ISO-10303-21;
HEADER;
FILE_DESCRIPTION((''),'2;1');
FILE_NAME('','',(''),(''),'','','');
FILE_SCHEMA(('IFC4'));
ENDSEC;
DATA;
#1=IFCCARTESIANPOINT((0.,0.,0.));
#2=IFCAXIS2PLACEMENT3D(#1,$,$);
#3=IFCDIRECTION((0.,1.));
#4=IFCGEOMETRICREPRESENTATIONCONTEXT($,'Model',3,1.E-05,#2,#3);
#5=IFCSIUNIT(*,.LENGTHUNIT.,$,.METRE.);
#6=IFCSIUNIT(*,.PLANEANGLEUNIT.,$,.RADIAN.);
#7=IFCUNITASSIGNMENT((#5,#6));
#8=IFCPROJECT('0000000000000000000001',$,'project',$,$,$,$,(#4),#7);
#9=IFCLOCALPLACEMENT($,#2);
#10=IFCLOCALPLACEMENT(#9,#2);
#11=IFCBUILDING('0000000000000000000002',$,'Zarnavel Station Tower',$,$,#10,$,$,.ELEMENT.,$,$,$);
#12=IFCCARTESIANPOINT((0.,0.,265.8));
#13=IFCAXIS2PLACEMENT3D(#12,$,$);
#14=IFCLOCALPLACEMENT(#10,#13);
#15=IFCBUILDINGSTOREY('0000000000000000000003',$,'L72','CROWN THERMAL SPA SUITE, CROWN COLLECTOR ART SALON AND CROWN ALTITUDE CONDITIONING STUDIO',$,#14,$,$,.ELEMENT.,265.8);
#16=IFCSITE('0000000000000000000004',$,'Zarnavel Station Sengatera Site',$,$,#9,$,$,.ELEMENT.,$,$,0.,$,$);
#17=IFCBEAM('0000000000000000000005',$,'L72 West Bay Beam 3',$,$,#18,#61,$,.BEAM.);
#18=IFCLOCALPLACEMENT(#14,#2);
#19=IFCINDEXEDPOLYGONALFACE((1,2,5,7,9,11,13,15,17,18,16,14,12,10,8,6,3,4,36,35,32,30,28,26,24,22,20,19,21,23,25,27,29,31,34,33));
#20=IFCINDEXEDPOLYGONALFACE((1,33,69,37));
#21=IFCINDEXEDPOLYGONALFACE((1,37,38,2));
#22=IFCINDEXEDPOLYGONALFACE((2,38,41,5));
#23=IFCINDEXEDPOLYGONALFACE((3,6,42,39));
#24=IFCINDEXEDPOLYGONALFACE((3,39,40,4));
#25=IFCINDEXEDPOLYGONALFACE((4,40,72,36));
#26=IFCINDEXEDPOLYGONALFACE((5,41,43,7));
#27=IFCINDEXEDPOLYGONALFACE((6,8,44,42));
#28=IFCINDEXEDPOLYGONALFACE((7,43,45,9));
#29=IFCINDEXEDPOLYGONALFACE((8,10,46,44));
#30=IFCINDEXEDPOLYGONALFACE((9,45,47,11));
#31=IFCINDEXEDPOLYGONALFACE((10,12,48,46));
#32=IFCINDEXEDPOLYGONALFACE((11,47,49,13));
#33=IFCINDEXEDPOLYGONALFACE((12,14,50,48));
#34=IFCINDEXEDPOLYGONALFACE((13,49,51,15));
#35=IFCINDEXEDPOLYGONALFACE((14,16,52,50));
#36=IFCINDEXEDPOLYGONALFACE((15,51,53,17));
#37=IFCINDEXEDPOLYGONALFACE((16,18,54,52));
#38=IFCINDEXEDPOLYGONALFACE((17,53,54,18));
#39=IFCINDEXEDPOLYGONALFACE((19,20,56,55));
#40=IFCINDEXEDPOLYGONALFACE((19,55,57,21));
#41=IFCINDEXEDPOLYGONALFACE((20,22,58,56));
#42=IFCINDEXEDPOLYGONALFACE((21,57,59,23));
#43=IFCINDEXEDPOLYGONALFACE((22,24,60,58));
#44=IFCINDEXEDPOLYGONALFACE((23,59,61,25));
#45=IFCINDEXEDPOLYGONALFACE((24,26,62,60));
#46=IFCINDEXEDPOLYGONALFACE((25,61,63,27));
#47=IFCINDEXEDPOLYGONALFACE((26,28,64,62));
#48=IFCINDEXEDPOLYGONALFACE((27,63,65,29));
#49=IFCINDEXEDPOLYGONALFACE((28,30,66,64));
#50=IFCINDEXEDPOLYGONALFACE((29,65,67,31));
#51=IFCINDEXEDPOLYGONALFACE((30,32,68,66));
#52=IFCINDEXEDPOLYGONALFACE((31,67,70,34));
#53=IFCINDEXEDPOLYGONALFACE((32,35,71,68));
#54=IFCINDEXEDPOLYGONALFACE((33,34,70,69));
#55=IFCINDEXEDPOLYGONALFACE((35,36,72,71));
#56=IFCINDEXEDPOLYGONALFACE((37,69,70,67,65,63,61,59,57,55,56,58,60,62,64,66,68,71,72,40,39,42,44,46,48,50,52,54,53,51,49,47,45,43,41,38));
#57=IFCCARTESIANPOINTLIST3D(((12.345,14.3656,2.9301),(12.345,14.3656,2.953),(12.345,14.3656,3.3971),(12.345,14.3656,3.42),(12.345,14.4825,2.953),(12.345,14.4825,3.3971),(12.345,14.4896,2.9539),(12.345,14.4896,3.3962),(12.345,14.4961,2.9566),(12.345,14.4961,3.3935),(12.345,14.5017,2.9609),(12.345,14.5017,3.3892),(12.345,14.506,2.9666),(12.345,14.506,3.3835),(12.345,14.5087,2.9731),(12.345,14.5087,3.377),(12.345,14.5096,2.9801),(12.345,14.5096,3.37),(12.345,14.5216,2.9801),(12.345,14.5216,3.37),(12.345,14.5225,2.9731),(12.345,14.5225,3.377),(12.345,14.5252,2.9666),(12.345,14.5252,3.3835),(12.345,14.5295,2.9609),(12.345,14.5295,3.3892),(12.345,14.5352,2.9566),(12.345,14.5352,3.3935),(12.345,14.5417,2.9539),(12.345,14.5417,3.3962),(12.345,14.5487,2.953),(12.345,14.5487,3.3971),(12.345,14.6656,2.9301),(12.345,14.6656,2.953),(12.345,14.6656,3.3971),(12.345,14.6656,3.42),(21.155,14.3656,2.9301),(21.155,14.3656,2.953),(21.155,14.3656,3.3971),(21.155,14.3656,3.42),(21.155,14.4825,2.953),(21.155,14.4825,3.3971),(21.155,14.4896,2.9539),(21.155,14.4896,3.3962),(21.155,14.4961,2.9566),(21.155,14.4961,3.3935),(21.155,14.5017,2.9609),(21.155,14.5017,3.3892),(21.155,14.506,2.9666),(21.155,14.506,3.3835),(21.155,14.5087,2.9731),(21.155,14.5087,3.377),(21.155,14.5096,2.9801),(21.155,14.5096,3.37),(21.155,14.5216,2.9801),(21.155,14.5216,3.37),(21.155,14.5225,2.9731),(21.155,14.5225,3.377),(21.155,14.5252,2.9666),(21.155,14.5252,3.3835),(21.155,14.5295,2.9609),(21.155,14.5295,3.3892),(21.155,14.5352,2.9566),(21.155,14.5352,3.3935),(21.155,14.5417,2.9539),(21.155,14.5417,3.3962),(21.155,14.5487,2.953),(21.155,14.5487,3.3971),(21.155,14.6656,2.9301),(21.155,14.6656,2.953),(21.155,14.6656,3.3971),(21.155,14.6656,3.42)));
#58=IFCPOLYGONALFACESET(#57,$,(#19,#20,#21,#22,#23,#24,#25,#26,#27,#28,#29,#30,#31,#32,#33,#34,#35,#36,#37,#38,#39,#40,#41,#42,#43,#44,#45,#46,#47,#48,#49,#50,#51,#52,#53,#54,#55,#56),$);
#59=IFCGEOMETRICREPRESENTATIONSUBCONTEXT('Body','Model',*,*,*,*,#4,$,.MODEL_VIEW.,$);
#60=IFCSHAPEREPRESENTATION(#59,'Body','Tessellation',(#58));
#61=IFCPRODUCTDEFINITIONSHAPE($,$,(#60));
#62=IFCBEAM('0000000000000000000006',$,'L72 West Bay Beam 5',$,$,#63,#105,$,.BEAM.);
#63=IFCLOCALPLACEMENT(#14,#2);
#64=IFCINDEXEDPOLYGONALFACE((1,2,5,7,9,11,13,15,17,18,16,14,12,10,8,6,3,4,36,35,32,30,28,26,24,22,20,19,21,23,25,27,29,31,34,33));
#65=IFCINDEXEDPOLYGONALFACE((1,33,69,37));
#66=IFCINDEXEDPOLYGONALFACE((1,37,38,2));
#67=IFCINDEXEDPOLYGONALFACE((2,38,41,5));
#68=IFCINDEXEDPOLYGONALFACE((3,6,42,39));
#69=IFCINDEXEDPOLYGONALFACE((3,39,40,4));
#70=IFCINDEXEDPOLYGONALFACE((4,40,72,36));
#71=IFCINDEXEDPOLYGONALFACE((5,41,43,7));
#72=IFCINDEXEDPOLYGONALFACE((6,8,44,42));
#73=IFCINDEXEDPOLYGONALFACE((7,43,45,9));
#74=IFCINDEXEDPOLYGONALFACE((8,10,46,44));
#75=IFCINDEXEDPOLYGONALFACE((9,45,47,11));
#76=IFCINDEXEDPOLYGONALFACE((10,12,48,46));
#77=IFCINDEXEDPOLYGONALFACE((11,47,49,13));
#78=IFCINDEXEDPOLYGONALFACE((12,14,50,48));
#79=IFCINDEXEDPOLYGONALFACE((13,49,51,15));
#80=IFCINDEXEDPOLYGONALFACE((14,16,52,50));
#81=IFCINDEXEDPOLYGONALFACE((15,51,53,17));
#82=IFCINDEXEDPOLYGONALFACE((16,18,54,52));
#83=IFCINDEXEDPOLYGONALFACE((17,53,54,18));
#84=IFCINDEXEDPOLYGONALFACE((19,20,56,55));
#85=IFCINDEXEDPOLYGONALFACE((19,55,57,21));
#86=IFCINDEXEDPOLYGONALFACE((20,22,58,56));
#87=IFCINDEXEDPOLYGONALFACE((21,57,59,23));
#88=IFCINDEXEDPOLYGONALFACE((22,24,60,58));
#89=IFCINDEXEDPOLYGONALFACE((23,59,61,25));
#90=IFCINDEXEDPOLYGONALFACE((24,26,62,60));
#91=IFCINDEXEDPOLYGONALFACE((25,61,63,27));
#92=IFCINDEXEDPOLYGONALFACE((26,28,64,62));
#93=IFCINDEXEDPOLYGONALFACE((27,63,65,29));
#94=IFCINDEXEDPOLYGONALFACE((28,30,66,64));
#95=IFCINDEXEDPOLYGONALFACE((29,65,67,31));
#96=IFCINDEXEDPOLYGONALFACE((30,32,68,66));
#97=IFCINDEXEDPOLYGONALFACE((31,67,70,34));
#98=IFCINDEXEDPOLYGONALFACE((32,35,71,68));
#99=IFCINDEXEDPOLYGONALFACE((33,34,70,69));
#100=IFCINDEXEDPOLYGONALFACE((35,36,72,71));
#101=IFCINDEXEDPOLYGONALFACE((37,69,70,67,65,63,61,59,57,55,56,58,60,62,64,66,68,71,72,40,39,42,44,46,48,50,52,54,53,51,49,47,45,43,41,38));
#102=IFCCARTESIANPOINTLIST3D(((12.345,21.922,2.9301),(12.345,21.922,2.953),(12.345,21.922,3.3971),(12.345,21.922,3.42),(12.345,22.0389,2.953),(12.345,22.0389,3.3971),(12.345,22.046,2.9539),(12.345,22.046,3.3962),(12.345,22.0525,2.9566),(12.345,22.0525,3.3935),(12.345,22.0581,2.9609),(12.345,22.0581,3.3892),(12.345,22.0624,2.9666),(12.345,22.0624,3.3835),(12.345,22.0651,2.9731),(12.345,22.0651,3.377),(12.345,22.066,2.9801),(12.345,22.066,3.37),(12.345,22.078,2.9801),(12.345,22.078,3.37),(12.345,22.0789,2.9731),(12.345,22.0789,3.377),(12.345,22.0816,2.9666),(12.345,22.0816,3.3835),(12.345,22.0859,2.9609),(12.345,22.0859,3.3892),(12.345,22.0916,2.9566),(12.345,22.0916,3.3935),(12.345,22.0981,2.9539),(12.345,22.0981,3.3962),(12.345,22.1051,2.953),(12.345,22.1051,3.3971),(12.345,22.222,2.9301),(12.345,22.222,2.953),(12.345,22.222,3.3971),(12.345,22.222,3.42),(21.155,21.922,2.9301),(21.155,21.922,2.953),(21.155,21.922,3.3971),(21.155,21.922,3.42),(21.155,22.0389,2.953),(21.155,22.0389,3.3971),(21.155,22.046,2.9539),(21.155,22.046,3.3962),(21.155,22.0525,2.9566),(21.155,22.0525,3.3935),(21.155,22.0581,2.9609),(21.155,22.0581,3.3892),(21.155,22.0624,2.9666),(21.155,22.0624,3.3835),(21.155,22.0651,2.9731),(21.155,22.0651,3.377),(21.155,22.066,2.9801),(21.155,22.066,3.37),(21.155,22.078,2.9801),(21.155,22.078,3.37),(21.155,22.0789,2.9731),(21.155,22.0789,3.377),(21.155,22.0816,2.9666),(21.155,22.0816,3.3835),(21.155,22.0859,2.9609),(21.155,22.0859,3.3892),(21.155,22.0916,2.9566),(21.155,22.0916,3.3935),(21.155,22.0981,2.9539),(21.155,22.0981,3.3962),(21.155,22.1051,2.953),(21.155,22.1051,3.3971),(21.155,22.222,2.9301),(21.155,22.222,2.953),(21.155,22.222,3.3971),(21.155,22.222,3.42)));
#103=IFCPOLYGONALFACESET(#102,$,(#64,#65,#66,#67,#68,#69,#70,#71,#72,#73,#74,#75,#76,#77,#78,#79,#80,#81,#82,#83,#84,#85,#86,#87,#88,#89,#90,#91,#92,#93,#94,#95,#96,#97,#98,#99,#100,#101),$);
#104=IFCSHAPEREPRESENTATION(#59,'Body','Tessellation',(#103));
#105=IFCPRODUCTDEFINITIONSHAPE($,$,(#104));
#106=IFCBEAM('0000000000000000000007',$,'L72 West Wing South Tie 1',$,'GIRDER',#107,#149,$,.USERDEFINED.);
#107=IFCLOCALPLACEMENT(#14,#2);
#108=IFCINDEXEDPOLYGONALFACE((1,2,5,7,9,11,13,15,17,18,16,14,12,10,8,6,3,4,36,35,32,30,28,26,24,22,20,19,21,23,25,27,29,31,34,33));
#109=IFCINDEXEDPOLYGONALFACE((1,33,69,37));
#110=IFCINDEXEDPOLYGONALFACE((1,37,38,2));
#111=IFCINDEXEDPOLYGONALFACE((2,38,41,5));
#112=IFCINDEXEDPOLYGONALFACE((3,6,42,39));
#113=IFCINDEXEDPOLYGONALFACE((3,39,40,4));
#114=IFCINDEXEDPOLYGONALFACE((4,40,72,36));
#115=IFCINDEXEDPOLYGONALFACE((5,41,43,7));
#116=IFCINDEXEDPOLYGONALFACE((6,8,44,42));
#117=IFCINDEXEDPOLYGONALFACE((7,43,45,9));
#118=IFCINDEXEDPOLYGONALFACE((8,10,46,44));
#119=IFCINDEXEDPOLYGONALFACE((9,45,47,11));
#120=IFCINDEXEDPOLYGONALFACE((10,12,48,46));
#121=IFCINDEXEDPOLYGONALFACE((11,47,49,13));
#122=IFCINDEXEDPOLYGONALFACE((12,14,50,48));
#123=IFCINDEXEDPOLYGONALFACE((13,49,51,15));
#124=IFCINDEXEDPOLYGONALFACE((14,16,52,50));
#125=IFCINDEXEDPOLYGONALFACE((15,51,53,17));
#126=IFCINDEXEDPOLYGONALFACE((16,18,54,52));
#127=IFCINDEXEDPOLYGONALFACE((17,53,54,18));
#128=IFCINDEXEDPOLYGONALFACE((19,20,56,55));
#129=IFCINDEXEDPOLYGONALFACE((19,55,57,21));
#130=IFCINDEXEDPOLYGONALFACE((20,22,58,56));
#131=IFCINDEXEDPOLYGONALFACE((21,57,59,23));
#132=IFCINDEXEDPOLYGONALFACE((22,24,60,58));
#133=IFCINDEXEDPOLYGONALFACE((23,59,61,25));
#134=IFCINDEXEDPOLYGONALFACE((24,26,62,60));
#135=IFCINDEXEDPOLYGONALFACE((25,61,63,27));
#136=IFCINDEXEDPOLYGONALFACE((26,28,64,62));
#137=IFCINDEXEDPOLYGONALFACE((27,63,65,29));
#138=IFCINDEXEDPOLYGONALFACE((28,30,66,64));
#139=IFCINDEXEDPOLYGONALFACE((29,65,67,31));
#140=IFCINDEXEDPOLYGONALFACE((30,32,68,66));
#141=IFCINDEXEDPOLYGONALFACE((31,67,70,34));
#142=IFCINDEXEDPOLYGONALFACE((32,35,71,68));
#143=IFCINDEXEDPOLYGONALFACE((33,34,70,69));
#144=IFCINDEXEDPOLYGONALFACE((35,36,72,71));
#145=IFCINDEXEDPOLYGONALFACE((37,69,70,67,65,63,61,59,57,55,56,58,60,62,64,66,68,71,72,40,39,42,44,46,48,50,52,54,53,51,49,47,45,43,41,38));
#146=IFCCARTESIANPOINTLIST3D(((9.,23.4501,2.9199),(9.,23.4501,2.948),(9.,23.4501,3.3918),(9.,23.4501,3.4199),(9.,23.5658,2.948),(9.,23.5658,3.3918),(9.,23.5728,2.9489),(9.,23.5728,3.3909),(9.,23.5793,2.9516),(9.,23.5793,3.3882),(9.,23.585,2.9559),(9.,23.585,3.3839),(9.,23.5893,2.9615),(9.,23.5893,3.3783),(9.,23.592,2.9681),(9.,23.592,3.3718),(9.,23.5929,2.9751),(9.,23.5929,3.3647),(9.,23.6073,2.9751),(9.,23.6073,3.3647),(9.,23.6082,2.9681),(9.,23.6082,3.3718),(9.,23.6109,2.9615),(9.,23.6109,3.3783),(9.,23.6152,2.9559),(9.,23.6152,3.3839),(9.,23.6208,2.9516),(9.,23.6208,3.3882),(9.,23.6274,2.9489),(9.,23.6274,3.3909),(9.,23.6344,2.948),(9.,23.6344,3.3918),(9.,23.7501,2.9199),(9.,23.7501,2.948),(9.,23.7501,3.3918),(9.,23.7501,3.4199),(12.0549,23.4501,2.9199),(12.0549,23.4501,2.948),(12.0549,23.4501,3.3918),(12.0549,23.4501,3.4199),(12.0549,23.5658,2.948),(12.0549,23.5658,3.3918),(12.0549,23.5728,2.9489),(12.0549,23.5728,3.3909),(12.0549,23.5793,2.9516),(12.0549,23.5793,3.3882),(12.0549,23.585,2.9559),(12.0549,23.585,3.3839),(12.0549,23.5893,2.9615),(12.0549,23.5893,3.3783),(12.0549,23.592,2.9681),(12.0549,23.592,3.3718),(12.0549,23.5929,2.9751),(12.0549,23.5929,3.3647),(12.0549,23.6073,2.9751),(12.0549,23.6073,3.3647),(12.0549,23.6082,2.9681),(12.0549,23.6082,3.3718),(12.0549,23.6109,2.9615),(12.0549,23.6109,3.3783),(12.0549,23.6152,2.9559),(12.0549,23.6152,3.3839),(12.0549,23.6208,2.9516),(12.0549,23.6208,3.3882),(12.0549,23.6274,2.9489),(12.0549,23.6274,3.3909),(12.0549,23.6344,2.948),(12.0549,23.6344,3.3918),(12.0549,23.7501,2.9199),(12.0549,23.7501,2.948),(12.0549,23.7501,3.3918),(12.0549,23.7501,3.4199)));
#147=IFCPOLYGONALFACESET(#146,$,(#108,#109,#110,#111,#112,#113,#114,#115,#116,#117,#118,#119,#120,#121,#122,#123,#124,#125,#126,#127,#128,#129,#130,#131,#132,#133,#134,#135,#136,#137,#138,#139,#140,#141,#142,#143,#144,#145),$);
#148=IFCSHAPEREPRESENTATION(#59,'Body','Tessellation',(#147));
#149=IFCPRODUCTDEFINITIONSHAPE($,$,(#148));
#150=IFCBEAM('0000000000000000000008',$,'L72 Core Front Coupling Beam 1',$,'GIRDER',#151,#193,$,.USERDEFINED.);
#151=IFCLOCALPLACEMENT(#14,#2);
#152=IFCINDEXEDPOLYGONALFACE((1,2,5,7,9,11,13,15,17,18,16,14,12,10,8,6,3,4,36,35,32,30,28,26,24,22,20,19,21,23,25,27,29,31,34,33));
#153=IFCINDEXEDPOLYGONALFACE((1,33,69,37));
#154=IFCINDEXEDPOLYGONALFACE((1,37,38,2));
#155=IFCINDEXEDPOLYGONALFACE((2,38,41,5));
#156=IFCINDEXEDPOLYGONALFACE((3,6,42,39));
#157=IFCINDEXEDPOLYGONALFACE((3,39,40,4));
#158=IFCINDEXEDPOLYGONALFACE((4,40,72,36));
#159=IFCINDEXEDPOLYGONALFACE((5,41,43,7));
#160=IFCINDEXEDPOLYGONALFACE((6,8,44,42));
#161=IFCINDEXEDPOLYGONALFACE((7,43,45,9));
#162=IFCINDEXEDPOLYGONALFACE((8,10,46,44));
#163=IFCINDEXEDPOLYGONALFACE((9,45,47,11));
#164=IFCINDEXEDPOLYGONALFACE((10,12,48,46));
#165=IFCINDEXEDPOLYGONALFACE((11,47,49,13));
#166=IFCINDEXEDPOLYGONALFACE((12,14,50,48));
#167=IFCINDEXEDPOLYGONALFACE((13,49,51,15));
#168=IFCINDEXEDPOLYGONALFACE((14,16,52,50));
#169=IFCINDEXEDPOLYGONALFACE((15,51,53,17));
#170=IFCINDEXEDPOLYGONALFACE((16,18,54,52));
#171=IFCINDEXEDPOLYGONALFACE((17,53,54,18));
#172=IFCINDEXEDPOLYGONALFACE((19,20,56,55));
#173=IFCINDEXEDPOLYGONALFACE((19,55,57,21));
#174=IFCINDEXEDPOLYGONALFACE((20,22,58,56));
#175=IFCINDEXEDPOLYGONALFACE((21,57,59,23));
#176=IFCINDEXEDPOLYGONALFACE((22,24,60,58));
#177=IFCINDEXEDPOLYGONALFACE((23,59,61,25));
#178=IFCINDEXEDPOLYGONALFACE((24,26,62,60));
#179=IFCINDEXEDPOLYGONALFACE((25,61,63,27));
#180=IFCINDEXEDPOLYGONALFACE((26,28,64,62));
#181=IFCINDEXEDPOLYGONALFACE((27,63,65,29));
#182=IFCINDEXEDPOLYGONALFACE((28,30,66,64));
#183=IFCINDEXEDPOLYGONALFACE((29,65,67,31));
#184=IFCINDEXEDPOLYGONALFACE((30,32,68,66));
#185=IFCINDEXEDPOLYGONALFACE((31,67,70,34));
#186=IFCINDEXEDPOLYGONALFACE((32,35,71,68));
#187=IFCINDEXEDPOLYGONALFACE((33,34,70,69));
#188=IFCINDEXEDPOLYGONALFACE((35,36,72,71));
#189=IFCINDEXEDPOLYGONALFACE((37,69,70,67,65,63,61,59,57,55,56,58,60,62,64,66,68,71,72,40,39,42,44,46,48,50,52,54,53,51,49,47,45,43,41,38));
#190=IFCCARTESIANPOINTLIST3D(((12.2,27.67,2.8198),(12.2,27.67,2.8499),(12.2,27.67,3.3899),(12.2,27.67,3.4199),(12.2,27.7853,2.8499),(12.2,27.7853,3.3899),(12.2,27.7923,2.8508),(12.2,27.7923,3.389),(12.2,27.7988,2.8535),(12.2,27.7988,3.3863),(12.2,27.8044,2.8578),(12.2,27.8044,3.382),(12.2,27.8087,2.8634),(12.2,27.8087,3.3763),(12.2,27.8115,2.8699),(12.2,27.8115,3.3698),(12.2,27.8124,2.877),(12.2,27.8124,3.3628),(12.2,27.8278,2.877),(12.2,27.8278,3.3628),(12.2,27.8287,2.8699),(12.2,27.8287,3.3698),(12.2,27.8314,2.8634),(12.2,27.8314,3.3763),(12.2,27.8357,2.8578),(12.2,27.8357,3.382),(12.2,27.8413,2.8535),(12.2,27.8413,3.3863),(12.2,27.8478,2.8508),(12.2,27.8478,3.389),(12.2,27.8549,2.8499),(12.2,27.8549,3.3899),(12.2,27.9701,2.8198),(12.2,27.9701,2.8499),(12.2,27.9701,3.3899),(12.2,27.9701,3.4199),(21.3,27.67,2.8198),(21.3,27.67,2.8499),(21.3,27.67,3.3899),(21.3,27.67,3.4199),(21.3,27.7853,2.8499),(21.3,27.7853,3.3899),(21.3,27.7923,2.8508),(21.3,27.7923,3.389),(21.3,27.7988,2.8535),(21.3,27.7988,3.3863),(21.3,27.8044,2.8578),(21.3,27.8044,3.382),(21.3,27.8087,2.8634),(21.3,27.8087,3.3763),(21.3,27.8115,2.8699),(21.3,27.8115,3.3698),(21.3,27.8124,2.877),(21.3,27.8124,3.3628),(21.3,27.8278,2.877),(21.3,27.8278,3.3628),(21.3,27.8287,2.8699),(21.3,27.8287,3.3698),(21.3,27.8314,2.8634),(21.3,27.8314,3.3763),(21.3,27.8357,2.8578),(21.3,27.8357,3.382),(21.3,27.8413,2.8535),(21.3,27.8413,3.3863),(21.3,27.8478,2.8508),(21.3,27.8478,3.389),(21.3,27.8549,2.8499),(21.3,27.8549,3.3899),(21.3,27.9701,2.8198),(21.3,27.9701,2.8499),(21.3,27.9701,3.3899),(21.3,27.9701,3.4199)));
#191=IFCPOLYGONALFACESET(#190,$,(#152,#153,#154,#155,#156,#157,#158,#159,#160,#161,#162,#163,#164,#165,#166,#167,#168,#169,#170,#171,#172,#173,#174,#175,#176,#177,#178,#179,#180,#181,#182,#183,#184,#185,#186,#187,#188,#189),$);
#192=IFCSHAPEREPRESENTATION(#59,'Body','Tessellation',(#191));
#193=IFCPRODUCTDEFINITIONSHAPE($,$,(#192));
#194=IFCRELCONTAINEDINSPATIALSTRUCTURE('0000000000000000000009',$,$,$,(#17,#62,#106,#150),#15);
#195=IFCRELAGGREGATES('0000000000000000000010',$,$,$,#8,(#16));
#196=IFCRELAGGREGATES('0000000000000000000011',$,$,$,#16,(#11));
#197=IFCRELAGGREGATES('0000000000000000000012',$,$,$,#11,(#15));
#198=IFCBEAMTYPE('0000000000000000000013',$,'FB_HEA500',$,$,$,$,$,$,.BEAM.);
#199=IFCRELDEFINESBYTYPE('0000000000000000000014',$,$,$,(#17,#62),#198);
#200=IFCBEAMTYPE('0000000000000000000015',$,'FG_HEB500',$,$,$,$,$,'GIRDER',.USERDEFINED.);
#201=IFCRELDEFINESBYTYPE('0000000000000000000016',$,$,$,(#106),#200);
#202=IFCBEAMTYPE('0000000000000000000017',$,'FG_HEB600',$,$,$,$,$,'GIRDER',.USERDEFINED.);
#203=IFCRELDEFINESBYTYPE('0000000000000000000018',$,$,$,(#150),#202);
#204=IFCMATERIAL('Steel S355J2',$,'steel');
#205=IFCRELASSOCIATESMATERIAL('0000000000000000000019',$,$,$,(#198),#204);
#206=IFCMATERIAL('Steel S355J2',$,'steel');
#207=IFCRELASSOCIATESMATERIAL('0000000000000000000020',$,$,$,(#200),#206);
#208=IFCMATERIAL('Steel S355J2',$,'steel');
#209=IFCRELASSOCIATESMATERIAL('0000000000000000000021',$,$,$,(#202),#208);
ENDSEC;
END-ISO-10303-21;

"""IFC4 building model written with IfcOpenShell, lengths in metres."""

from ifc_helpers import new_model, si_unit, direction, frame, origin, origin_2d, place, context, subcontext, project, spatial, i_section, extrude, material, material_profile, profile_set, type_object, element, save


model = new_model("IFC4")

# Units and contexts
model_context = context("Model", 3, precision=1e-05, world=origin(), true_north=direction((0.0, 1.0)))
body_context = subcontext(model_context, "Body", "Model", "MODEL_VIEW")
ifc_project = project(units=[si_unit("LENGTHUNIT", "METRE"), si_unit("PLANEANGLEUNIT", "RADIAN")], contexts=[model_context])

# Site, building, storey
site_placement = place(None, origin())
site = spatial("IfcSite", under=ifc_project, at=site_placement, Name="Zarnavel Station Sengatera Site", CompositionType="ELEMENT", RefElevation=0.0)
building_placement = place(site_placement, origin())
building = spatial("IfcBuilding", under=site, at=building_placement, Name="Zarnavel Station Tower", CompositionType="ELEMENT")
storey_placement = place(building_placement, frame((0.0, 0.0, 265.8)))
storey = spatial("IfcBuildingStorey", under=building, at=storey_placement, Name="L72", Description="CROWN THERMAL SPA SUITE, CROWN COLLECTOR ART SALON AND CROWN ALTITUDE CONDITIONING STUDIO", CompositionType="ELEMENT", Elevation=265.8)

# Beams
ifc_material_1 = material(Name="Steel S355J2", Category="steel")
ifc_material_profile_1 = material_profile(ifc_material_1, i_section(OverallWidth=0.3, OverallDepth=0.49, WebThickness=0.012, FlangeThickness=0.0229, FilletRadius=0.0271, at=origin_2d()), Name="HEA500")
ifc_profile_set_1 = profile_set([ifc_material_profile_1], Name="Steel S355J2")
beam_type_1 = type_object("IfcBeamType", Name="FB_HEA500", PredefinedType="BEAM", material=ifc_profile_set_1)
for number, where, z_axis, x_axis, name in (
    (1, (12.345, 14.5156, 3.175), (1.0, 0.0, 0.0), (0.0, 1.0, 0.0), "L72 West Bay Beam 3"),
    (2, (12.345, 22.072, 3.175), (1.0, 0.0, 0.0), (0.0, 1.0, 0.0), "L72 West Bay Beam 5"),
):
    element("IfcBeam", number, at=place(storey_placement, frame(where, z_axis=z_axis, x_axis=x_axis)), inside=storey, type_object=beam_type_1, Name=name, PredefinedType="BEAM", context=body_context, shape_type="SweptSolid", body=[
        extrude(i_section(OverallWidth=0.3, OverallDepth=0.49, WebThickness=0.012, FlangeThickness=0.0229, FilletRadius=0.0271, at=origin_2d()), origin(), (0.0, 0.0, 1.0), 8.8101),
    ])
ifc_material_2 = material(Name="Steel S355J2", Category="steel")
ifc_material_profile_2 = material_profile(ifc_material_2, i_section(OverallWidth=0.3, OverallDepth=0.5, WebThickness=0.0144, FlangeThickness=0.0281, FilletRadius=0.0271, at=origin_2d()), Name="HEB500")
ifc_profile_set_2 = profile_set([ifc_material_profile_2], Name="Steel S355J2")
beam_type_2 = type_object("IfcBeamType", Name="FG_HEB500", ElementType="GIRDER", PredefinedType="USERDEFINED", material=ifc_profile_set_2)
beam_1_placement = place(storey_placement, frame((9.0, 23.6001, 3.1699), z_axis=(1.0, 0.0, 0.0), x_axis=(0.0, 1.0, 0.0)))
element("IfcBeam", 3, at=beam_1_placement, inside=storey, type_object=beam_type_2, Name="L72 West Wing South Tie 1", ObjectType="GIRDER", PredefinedType="USERDEFINED", context=body_context, shape_type="SweptSolid", body=[
    extrude(i_section(OverallWidth=0.3, OverallDepth=0.5, WebThickness=0.0144, FlangeThickness=0.0281, FilletRadius=0.0271, at=origin_2d()), origin(), (0.0, 0.0, 1.0), 3.0549),
])
ifc_material_3 = material(Name="Steel S355J2", Category="steel")
ifc_material_profile_3 = material_profile(ifc_material_3, i_section(OverallWidth=0.3, OverallDepth=0.6001, WebThickness=0.0154, FlangeThickness=0.03, FilletRadius=0.0271, at=origin_2d()), Name="HEB600")
ifc_profile_set_3 = profile_set([ifc_material_profile_3], Name="Steel S355J2")
beam_type_3 = type_object("IfcBeamType", Name="FG_HEB600", ElementType="GIRDER", PredefinedType="USERDEFINED", material=ifc_profile_set_3)
beam_2_placement = place(storey_placement, frame((12.2, 27.8201, 3.1199), z_axis=(1.0, 0.0, 0.0), x_axis=(0.0, 1.0, 0.0)))
element("IfcBeam", 4, at=beam_2_placement, inside=storey, type_object=beam_type_3, Name="L72 Core Front Coupling Beam 1", ObjectType="GIRDER", PredefinedType="USERDEFINED", context=body_context, shape_type="SweptSolid", body=[
    extrude(i_section(OverallWidth=0.3, OverallDepth=0.6001, WebThickness=0.0154, FlangeThickness=0.03, FilletRadius=0.0271, at=origin_2d()), origin(), (0.0, 0.0, 1.0), 9.1001),
])

save(model, "model.ifc")
